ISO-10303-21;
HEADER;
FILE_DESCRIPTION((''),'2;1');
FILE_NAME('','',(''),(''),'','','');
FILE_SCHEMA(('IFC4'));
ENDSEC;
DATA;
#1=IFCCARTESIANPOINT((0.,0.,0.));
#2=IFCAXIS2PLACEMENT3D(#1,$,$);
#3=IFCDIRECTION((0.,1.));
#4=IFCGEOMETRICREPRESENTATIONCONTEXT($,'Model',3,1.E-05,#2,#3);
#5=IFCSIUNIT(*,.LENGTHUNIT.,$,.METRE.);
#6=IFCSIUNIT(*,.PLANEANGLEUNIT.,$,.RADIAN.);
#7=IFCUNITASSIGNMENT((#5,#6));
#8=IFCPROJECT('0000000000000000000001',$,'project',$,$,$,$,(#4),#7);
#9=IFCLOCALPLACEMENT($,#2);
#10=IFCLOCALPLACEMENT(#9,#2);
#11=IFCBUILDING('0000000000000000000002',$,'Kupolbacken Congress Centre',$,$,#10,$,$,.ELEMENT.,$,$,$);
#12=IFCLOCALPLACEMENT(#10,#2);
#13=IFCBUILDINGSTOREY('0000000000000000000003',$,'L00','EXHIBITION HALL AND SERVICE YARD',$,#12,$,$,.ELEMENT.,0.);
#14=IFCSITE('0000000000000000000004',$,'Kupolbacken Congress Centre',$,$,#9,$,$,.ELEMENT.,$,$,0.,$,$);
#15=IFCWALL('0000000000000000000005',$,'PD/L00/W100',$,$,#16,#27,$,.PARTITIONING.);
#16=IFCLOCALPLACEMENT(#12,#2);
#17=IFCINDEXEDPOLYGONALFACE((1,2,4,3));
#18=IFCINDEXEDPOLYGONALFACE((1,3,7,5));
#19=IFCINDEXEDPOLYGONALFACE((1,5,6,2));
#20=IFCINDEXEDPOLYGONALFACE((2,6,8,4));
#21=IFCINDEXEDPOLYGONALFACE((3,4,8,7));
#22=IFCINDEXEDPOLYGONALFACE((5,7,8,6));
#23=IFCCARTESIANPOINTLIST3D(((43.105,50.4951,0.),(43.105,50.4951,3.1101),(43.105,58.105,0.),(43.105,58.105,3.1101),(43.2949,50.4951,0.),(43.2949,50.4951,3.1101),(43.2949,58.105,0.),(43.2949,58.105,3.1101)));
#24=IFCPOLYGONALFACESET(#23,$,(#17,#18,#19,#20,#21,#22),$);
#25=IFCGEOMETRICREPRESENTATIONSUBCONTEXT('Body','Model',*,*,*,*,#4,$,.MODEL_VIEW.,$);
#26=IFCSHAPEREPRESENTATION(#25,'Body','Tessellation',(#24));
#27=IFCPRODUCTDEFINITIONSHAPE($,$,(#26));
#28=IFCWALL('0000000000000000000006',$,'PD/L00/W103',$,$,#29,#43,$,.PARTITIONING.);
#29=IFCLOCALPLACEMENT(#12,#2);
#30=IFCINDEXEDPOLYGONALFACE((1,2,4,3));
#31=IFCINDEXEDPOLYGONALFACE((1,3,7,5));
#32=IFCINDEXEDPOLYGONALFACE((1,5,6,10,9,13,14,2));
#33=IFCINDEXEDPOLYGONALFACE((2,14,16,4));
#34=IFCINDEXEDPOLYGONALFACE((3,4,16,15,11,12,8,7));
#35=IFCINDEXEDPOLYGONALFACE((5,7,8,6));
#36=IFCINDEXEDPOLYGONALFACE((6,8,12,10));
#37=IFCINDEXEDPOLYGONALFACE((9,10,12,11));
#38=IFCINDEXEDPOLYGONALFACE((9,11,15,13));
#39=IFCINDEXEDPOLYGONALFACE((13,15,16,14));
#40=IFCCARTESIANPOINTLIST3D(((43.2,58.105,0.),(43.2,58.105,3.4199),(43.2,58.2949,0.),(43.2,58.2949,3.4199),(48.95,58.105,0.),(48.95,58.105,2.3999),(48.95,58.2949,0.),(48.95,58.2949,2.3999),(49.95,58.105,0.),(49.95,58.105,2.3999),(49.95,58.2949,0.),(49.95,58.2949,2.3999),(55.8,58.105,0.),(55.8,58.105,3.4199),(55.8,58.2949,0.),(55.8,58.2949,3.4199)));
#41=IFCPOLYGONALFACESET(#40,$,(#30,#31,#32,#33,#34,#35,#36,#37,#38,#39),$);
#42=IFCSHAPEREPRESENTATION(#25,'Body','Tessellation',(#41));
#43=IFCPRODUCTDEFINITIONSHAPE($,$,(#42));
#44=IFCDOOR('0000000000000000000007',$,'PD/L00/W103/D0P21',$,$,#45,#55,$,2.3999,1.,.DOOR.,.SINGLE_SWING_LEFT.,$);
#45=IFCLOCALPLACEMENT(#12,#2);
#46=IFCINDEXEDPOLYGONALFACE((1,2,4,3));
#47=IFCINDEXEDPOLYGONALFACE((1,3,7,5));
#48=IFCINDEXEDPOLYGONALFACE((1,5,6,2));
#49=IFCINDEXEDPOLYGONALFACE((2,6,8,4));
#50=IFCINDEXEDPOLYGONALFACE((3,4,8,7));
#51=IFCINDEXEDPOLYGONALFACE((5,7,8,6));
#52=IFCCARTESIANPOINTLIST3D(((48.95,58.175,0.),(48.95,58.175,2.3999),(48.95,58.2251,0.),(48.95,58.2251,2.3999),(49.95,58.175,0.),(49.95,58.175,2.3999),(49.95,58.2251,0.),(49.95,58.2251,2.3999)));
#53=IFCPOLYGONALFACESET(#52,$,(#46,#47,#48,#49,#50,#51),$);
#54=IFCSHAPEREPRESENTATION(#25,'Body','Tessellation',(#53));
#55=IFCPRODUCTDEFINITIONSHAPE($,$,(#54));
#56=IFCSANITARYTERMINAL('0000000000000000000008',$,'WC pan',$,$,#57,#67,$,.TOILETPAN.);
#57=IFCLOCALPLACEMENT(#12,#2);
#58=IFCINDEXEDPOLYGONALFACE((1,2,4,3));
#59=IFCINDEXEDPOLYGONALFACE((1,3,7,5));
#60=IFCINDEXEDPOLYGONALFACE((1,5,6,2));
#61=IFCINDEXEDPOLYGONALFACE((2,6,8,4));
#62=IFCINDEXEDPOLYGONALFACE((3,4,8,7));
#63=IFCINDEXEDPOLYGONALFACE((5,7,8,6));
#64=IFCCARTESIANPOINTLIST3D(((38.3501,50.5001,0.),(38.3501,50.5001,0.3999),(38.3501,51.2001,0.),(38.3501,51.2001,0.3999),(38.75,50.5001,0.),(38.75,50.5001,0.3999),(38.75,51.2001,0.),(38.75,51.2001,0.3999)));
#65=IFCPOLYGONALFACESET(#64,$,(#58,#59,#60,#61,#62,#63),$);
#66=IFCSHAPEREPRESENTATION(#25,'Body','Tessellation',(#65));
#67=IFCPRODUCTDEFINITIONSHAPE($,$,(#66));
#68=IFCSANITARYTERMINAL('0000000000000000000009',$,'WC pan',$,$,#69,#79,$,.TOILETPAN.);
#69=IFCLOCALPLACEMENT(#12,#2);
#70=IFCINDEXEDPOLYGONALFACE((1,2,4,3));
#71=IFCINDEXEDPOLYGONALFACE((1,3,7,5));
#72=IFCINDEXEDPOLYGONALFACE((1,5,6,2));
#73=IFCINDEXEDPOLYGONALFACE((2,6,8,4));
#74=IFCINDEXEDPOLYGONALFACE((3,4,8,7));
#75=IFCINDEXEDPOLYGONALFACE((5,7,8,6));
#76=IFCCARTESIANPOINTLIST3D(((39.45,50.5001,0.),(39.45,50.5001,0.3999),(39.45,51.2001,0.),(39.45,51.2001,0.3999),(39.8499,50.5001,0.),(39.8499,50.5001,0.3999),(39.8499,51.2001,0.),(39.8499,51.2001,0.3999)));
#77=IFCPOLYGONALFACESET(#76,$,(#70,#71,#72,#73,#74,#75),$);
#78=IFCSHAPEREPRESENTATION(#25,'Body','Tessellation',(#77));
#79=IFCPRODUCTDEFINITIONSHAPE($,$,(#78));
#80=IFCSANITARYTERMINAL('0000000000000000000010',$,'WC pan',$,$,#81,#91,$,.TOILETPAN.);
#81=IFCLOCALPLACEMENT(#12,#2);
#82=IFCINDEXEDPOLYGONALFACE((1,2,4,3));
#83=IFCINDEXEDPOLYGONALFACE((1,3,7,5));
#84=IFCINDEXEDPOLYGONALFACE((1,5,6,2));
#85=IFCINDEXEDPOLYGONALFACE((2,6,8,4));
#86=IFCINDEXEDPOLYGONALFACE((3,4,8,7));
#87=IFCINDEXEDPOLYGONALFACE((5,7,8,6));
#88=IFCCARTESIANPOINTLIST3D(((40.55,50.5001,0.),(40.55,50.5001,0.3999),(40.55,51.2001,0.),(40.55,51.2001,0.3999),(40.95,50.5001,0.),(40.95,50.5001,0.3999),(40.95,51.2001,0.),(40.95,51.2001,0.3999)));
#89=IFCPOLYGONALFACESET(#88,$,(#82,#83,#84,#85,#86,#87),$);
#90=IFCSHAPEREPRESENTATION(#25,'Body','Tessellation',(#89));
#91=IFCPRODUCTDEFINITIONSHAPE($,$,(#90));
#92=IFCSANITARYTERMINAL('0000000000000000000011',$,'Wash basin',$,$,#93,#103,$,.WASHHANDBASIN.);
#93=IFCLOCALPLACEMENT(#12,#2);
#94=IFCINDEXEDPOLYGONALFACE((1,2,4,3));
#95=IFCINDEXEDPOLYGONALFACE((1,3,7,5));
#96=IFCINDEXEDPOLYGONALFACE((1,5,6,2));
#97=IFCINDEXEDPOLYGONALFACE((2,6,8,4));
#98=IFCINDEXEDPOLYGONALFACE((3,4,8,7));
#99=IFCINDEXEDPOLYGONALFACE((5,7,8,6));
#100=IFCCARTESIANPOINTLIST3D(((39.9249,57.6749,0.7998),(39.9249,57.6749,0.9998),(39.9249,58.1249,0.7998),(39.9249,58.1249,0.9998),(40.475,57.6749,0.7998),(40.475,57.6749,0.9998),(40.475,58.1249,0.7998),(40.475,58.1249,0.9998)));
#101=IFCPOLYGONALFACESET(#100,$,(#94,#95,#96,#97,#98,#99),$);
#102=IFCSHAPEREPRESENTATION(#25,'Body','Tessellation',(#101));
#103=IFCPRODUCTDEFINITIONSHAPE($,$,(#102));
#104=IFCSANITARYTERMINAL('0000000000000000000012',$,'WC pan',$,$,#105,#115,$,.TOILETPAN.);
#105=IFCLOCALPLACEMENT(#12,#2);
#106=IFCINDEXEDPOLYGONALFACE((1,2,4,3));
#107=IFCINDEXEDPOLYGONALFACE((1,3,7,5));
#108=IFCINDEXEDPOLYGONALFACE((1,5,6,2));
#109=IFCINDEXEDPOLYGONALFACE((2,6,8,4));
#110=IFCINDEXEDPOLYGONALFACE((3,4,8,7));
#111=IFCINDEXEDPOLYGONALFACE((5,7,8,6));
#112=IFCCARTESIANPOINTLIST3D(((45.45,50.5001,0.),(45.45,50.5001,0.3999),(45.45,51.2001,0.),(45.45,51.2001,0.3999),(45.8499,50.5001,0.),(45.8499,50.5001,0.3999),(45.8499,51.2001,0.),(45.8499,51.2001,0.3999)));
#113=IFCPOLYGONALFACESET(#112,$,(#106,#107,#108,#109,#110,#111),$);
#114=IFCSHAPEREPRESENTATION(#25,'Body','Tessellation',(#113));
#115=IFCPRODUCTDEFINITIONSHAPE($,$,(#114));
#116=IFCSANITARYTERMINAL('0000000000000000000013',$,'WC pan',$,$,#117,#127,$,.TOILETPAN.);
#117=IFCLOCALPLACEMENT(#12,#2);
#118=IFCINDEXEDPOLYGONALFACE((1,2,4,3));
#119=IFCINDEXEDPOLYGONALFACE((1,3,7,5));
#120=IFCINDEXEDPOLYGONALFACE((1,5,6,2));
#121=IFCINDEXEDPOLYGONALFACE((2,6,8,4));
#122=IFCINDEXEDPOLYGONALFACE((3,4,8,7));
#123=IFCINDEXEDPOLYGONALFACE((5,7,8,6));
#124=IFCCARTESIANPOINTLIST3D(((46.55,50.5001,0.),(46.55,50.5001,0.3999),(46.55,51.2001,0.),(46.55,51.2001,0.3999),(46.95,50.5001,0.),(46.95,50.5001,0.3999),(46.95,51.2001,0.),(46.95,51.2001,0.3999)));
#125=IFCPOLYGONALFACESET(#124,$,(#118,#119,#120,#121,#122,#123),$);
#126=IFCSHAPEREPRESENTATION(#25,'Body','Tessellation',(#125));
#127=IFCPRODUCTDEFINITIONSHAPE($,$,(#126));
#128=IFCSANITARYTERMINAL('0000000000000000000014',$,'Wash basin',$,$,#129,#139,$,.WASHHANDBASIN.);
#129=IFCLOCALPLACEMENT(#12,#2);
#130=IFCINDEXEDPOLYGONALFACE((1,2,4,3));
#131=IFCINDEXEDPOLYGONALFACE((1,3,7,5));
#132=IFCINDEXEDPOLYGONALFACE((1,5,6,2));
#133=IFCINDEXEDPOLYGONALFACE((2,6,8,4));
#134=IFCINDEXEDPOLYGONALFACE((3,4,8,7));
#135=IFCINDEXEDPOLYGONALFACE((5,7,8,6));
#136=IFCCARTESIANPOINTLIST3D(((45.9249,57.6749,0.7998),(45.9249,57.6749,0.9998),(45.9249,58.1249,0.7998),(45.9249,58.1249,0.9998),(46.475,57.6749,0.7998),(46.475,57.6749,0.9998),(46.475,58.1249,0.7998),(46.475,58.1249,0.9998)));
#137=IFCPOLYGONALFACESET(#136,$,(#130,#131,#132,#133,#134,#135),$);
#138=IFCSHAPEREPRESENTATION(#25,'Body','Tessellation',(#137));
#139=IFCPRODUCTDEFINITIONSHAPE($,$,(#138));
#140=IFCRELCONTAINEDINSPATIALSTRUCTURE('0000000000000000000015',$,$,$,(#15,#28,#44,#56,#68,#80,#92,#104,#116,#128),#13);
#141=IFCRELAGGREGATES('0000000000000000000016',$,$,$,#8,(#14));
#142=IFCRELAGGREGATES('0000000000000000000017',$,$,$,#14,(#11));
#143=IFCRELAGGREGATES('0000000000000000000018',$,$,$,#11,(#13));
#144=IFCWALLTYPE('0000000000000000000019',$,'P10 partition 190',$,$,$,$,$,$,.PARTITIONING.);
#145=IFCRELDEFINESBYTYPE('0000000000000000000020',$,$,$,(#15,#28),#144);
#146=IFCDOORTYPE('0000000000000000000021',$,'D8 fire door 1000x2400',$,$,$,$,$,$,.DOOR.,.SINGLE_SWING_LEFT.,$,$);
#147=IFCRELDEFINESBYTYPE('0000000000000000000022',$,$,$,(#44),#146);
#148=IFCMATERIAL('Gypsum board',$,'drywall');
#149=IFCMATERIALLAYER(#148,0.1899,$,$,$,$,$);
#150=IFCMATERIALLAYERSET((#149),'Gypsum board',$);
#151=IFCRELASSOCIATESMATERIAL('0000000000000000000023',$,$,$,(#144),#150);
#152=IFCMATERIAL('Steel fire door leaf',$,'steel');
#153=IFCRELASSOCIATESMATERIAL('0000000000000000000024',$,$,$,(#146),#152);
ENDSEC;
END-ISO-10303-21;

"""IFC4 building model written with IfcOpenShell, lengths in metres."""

from ifc_helpers import new_model, si_unit, direction, frame, frame_2d, origin, origin_2d, place, context, subcontext, project, spatial, rectangle, extrude, material, layer, layer_set, type_object, element, fill, save


model = new_model("IFC4")

# Units and contexts
model_context = context("Model", 3, precision=1e-05, world=origin(), true_north=direction((0.0, 1.0)))
body_context = subcontext(model_context, "Body", "Model", "MODEL_VIEW")
ifc_project = project(units=[si_unit("LENGTHUNIT", "METRE"), si_unit("PLANEANGLEUNIT", "RADIAN")], contexts=[model_context])

# Site, building, storey
site_placement = place(None, origin())
site = spatial("IfcSite", under=ifc_project, at=site_placement, Name="Kupolbacken Congress Centre", CompositionType="ELEMENT", RefElevation=0.0)
building_placement = place(site_placement, origin())
building = spatial("IfcBuilding", under=site, at=building_placement, Name="Kupolbacken Congress Centre", CompositionType="ELEMENT")
storey_placement = place(building_placement, origin())
storey = spatial("IfcBuildingStorey", under=building, at=storey_placement, Name="L00", Description="EXHIBITION HALL AND SERVICE YARD", CompositionType="ELEMENT", Elevation=0.0)

# Wall
ifc_material_1 = material(Name="Gypsum board", Category="drywall")
ifc_layer_1 = layer(ifc_material_1, 0.1899)
ifc_layer_set_1 = layer_set([ifc_layer_1], Name="Gypsum board")
wall_type_1 = type_object("IfcWallType", Name="P10 partition 190", PredefinedType="PARTITIONING", material=ifc_layer_set_1)
wall_1_placement = place(storey_placement, frame((43.2, 58.105, 0.0), z_axis=(0.0, 0.0, 1.0), x_axis=(0.0, -1.0, 0.0)))
element("IfcWall", 1, at=wall_1_placement, inside=storey, type_object=wall_type_1, Name="PD/L00/W100", PredefinedType="PARTITIONING", context=body_context, shape_type="SweptSolid", body=[
    extrude(rectangle(XDim=7.6099, YDim=0.1899, at=frame_2d((3.8049, 0.0))), origin(), (0.0, 0.0, 1.0), 3.1101),
])

# Wall, opening, door
wall_2_placement = place(storey_placement, frame((43.2, 58.2, 0.0), z_axis=(0.0, 0.0, 1.0), x_axis=(1.0, 0.0, 0.0)))
wall_2 = element("IfcWall", 2, at=wall_2_placement, inside=storey, type_object=wall_type_1, Name="PD/L00/W103", PredefinedType="PARTITIONING", context=body_context, shape_type="SweptSolid", body=[
    extrude(rectangle(XDim=12.6001, YDim=0.1899, at=frame_2d((6.3, 0.0))), origin(), (0.0, 0.0, 1.0), 3.4199),
])
opening_1_placement = place(wall_2_placement, frame((5.75, 0.0, 0.0)))
opening_1 = element("IfcOpeningElement", 3, at=opening_1_placement, cuts=wall_2, PredefinedType="OPENING", context=body_context, shape_type="SweptSolid", body=[
    extrude(rectangle(XDim=1.0, YDim=2.3999, at=frame_2d((0.5, 1.2))), frame((0.0, 0.105, 0.0), z_axis=(0.0, -1.0, 0.0), x_axis=(1.0, 0.0, 0.0)), (0.0, 0.0, 1.0), 0.21),
])
ifc_material_2 = material(Name="Steel fire door leaf", Category="steel")
door_type_1 = type_object("IfcDoorType", Name="D8 fire door 1000x2400", OperationType="SINGLE_SWING_LEFT", PredefinedType="DOOR", material=ifc_material_2)
door_1_placement = place(opening_1_placement, frame((1.0, 0.0, 0.0), z_axis=(0.0, 0.0, 1.0), x_axis=(-1.0, 0.0, 0.0)))
door_1 = element("IfcDoor", 4, at=door_1_placement, inside=storey, type_object=door_type_1, Name="PD/L00/W103/D0P21", OperationType="SINGLE_SWING_LEFT", OverallHeight=2.3999, OverallWidth=1.0, PredefinedType="DOOR", context=body_context, shape_type="SweptSolid", body=[
    extrude(rectangle(XDim=1.0, YDim=2.3999, at=frame_2d((0.5, 1.2))), frame((0.0, 0.0249, 0.0), z_axis=(0.0, -1.0, 0.0), x_axis=(1.0, 0.0, 0.0)), (0.0, 0.0, 1.0), 0.05),
])
fill(opening_1, door_1)

# Sanitary terminals
for number, where, z_axis, x_axis, name in (
    (5, (38.55, 50.8501, 0.0), (0.0, 0.0, 1.0), (1.0, 0.0, 0.0), "WC pan"),
    (6, (39.6499, 50.8501, 0.0), (0.0, 0.0, 1.0), (1.0, 0.0, 0.0), "WC pan"),
    (7, (40.75, 50.8501, 0.0), (0.0, 0.0, 1.0), (1.0, 0.0, 0.0), "WC pan"),
):
    element("IfcSanitaryTerminal", number, at=place(storey_placement, frame(where, z_axis=z_axis, x_axis=x_axis)), inside=storey, Name=name, PredefinedType="TOILETPAN", context=body_context, shape_type="SweptSolid", body=[
        extrude(rectangle(XDim=0.3999, YDim=0.7, at=origin_2d()), origin(), (0.0, 0.0, 1.0), 0.3999),
    ])
sanitary_terminal_1_placement = place(storey_placement, frame((40.2, 57.8999, 0.7998), z_axis=(0.0, 0.0, 1.0), x_axis=(1.0, 0.0, 0.0)))
element("IfcSanitaryTerminal", 8, at=sanitary_terminal_1_placement, inside=storey, Name="Wash basin", PredefinedType="WASHHANDBASIN", context=body_context, shape_type="SweptSolid", body=[
    extrude(rectangle(XDim=0.55, YDim=0.45, at=origin_2d()), origin(), (0.0, 0.0, 1.0), 0.2),
])
for number, where, z_axis, x_axis, name in (
    (9, (45.6499, 50.8501, 0.0), (0.0, 0.0, 1.0), (1.0, 0.0, 0.0), "WC pan"),
    (10, (46.75, 50.8501, 0.0), (0.0, 0.0, 1.0), (1.0, 0.0, 0.0), "WC pan"),
):
    element("IfcSanitaryTerminal", number, at=place(storey_placement, frame(where, z_axis=z_axis, x_axis=x_axis)), inside=storey, Name=name, PredefinedType="TOILETPAN", context=body_context, shape_type="SweptSolid", body=[
        extrude(rectangle(XDim=0.3999, YDim=0.7, at=origin_2d()), origin(), (0.0, 0.0, 1.0), 0.3999),
    ])
sanitary_terminal_2_placement = place(storey_placement, frame((46.2, 57.8999, 0.7998), z_axis=(0.0, 0.0, 1.0), x_axis=(1.0, 0.0, 0.0)))
element("IfcSanitaryTerminal", 11, at=sanitary_terminal_2_placement, inside=storey, Name="Wash basin", PredefinedType="WASHHANDBASIN", context=body_context, shape_type="SweptSolid", body=[
    extrude(rectangle(XDim=0.55, YDim=0.45, at=origin_2d()), origin(), (0.0, 0.0, 1.0), 0.2),
])

save(model, "model.ifc")
